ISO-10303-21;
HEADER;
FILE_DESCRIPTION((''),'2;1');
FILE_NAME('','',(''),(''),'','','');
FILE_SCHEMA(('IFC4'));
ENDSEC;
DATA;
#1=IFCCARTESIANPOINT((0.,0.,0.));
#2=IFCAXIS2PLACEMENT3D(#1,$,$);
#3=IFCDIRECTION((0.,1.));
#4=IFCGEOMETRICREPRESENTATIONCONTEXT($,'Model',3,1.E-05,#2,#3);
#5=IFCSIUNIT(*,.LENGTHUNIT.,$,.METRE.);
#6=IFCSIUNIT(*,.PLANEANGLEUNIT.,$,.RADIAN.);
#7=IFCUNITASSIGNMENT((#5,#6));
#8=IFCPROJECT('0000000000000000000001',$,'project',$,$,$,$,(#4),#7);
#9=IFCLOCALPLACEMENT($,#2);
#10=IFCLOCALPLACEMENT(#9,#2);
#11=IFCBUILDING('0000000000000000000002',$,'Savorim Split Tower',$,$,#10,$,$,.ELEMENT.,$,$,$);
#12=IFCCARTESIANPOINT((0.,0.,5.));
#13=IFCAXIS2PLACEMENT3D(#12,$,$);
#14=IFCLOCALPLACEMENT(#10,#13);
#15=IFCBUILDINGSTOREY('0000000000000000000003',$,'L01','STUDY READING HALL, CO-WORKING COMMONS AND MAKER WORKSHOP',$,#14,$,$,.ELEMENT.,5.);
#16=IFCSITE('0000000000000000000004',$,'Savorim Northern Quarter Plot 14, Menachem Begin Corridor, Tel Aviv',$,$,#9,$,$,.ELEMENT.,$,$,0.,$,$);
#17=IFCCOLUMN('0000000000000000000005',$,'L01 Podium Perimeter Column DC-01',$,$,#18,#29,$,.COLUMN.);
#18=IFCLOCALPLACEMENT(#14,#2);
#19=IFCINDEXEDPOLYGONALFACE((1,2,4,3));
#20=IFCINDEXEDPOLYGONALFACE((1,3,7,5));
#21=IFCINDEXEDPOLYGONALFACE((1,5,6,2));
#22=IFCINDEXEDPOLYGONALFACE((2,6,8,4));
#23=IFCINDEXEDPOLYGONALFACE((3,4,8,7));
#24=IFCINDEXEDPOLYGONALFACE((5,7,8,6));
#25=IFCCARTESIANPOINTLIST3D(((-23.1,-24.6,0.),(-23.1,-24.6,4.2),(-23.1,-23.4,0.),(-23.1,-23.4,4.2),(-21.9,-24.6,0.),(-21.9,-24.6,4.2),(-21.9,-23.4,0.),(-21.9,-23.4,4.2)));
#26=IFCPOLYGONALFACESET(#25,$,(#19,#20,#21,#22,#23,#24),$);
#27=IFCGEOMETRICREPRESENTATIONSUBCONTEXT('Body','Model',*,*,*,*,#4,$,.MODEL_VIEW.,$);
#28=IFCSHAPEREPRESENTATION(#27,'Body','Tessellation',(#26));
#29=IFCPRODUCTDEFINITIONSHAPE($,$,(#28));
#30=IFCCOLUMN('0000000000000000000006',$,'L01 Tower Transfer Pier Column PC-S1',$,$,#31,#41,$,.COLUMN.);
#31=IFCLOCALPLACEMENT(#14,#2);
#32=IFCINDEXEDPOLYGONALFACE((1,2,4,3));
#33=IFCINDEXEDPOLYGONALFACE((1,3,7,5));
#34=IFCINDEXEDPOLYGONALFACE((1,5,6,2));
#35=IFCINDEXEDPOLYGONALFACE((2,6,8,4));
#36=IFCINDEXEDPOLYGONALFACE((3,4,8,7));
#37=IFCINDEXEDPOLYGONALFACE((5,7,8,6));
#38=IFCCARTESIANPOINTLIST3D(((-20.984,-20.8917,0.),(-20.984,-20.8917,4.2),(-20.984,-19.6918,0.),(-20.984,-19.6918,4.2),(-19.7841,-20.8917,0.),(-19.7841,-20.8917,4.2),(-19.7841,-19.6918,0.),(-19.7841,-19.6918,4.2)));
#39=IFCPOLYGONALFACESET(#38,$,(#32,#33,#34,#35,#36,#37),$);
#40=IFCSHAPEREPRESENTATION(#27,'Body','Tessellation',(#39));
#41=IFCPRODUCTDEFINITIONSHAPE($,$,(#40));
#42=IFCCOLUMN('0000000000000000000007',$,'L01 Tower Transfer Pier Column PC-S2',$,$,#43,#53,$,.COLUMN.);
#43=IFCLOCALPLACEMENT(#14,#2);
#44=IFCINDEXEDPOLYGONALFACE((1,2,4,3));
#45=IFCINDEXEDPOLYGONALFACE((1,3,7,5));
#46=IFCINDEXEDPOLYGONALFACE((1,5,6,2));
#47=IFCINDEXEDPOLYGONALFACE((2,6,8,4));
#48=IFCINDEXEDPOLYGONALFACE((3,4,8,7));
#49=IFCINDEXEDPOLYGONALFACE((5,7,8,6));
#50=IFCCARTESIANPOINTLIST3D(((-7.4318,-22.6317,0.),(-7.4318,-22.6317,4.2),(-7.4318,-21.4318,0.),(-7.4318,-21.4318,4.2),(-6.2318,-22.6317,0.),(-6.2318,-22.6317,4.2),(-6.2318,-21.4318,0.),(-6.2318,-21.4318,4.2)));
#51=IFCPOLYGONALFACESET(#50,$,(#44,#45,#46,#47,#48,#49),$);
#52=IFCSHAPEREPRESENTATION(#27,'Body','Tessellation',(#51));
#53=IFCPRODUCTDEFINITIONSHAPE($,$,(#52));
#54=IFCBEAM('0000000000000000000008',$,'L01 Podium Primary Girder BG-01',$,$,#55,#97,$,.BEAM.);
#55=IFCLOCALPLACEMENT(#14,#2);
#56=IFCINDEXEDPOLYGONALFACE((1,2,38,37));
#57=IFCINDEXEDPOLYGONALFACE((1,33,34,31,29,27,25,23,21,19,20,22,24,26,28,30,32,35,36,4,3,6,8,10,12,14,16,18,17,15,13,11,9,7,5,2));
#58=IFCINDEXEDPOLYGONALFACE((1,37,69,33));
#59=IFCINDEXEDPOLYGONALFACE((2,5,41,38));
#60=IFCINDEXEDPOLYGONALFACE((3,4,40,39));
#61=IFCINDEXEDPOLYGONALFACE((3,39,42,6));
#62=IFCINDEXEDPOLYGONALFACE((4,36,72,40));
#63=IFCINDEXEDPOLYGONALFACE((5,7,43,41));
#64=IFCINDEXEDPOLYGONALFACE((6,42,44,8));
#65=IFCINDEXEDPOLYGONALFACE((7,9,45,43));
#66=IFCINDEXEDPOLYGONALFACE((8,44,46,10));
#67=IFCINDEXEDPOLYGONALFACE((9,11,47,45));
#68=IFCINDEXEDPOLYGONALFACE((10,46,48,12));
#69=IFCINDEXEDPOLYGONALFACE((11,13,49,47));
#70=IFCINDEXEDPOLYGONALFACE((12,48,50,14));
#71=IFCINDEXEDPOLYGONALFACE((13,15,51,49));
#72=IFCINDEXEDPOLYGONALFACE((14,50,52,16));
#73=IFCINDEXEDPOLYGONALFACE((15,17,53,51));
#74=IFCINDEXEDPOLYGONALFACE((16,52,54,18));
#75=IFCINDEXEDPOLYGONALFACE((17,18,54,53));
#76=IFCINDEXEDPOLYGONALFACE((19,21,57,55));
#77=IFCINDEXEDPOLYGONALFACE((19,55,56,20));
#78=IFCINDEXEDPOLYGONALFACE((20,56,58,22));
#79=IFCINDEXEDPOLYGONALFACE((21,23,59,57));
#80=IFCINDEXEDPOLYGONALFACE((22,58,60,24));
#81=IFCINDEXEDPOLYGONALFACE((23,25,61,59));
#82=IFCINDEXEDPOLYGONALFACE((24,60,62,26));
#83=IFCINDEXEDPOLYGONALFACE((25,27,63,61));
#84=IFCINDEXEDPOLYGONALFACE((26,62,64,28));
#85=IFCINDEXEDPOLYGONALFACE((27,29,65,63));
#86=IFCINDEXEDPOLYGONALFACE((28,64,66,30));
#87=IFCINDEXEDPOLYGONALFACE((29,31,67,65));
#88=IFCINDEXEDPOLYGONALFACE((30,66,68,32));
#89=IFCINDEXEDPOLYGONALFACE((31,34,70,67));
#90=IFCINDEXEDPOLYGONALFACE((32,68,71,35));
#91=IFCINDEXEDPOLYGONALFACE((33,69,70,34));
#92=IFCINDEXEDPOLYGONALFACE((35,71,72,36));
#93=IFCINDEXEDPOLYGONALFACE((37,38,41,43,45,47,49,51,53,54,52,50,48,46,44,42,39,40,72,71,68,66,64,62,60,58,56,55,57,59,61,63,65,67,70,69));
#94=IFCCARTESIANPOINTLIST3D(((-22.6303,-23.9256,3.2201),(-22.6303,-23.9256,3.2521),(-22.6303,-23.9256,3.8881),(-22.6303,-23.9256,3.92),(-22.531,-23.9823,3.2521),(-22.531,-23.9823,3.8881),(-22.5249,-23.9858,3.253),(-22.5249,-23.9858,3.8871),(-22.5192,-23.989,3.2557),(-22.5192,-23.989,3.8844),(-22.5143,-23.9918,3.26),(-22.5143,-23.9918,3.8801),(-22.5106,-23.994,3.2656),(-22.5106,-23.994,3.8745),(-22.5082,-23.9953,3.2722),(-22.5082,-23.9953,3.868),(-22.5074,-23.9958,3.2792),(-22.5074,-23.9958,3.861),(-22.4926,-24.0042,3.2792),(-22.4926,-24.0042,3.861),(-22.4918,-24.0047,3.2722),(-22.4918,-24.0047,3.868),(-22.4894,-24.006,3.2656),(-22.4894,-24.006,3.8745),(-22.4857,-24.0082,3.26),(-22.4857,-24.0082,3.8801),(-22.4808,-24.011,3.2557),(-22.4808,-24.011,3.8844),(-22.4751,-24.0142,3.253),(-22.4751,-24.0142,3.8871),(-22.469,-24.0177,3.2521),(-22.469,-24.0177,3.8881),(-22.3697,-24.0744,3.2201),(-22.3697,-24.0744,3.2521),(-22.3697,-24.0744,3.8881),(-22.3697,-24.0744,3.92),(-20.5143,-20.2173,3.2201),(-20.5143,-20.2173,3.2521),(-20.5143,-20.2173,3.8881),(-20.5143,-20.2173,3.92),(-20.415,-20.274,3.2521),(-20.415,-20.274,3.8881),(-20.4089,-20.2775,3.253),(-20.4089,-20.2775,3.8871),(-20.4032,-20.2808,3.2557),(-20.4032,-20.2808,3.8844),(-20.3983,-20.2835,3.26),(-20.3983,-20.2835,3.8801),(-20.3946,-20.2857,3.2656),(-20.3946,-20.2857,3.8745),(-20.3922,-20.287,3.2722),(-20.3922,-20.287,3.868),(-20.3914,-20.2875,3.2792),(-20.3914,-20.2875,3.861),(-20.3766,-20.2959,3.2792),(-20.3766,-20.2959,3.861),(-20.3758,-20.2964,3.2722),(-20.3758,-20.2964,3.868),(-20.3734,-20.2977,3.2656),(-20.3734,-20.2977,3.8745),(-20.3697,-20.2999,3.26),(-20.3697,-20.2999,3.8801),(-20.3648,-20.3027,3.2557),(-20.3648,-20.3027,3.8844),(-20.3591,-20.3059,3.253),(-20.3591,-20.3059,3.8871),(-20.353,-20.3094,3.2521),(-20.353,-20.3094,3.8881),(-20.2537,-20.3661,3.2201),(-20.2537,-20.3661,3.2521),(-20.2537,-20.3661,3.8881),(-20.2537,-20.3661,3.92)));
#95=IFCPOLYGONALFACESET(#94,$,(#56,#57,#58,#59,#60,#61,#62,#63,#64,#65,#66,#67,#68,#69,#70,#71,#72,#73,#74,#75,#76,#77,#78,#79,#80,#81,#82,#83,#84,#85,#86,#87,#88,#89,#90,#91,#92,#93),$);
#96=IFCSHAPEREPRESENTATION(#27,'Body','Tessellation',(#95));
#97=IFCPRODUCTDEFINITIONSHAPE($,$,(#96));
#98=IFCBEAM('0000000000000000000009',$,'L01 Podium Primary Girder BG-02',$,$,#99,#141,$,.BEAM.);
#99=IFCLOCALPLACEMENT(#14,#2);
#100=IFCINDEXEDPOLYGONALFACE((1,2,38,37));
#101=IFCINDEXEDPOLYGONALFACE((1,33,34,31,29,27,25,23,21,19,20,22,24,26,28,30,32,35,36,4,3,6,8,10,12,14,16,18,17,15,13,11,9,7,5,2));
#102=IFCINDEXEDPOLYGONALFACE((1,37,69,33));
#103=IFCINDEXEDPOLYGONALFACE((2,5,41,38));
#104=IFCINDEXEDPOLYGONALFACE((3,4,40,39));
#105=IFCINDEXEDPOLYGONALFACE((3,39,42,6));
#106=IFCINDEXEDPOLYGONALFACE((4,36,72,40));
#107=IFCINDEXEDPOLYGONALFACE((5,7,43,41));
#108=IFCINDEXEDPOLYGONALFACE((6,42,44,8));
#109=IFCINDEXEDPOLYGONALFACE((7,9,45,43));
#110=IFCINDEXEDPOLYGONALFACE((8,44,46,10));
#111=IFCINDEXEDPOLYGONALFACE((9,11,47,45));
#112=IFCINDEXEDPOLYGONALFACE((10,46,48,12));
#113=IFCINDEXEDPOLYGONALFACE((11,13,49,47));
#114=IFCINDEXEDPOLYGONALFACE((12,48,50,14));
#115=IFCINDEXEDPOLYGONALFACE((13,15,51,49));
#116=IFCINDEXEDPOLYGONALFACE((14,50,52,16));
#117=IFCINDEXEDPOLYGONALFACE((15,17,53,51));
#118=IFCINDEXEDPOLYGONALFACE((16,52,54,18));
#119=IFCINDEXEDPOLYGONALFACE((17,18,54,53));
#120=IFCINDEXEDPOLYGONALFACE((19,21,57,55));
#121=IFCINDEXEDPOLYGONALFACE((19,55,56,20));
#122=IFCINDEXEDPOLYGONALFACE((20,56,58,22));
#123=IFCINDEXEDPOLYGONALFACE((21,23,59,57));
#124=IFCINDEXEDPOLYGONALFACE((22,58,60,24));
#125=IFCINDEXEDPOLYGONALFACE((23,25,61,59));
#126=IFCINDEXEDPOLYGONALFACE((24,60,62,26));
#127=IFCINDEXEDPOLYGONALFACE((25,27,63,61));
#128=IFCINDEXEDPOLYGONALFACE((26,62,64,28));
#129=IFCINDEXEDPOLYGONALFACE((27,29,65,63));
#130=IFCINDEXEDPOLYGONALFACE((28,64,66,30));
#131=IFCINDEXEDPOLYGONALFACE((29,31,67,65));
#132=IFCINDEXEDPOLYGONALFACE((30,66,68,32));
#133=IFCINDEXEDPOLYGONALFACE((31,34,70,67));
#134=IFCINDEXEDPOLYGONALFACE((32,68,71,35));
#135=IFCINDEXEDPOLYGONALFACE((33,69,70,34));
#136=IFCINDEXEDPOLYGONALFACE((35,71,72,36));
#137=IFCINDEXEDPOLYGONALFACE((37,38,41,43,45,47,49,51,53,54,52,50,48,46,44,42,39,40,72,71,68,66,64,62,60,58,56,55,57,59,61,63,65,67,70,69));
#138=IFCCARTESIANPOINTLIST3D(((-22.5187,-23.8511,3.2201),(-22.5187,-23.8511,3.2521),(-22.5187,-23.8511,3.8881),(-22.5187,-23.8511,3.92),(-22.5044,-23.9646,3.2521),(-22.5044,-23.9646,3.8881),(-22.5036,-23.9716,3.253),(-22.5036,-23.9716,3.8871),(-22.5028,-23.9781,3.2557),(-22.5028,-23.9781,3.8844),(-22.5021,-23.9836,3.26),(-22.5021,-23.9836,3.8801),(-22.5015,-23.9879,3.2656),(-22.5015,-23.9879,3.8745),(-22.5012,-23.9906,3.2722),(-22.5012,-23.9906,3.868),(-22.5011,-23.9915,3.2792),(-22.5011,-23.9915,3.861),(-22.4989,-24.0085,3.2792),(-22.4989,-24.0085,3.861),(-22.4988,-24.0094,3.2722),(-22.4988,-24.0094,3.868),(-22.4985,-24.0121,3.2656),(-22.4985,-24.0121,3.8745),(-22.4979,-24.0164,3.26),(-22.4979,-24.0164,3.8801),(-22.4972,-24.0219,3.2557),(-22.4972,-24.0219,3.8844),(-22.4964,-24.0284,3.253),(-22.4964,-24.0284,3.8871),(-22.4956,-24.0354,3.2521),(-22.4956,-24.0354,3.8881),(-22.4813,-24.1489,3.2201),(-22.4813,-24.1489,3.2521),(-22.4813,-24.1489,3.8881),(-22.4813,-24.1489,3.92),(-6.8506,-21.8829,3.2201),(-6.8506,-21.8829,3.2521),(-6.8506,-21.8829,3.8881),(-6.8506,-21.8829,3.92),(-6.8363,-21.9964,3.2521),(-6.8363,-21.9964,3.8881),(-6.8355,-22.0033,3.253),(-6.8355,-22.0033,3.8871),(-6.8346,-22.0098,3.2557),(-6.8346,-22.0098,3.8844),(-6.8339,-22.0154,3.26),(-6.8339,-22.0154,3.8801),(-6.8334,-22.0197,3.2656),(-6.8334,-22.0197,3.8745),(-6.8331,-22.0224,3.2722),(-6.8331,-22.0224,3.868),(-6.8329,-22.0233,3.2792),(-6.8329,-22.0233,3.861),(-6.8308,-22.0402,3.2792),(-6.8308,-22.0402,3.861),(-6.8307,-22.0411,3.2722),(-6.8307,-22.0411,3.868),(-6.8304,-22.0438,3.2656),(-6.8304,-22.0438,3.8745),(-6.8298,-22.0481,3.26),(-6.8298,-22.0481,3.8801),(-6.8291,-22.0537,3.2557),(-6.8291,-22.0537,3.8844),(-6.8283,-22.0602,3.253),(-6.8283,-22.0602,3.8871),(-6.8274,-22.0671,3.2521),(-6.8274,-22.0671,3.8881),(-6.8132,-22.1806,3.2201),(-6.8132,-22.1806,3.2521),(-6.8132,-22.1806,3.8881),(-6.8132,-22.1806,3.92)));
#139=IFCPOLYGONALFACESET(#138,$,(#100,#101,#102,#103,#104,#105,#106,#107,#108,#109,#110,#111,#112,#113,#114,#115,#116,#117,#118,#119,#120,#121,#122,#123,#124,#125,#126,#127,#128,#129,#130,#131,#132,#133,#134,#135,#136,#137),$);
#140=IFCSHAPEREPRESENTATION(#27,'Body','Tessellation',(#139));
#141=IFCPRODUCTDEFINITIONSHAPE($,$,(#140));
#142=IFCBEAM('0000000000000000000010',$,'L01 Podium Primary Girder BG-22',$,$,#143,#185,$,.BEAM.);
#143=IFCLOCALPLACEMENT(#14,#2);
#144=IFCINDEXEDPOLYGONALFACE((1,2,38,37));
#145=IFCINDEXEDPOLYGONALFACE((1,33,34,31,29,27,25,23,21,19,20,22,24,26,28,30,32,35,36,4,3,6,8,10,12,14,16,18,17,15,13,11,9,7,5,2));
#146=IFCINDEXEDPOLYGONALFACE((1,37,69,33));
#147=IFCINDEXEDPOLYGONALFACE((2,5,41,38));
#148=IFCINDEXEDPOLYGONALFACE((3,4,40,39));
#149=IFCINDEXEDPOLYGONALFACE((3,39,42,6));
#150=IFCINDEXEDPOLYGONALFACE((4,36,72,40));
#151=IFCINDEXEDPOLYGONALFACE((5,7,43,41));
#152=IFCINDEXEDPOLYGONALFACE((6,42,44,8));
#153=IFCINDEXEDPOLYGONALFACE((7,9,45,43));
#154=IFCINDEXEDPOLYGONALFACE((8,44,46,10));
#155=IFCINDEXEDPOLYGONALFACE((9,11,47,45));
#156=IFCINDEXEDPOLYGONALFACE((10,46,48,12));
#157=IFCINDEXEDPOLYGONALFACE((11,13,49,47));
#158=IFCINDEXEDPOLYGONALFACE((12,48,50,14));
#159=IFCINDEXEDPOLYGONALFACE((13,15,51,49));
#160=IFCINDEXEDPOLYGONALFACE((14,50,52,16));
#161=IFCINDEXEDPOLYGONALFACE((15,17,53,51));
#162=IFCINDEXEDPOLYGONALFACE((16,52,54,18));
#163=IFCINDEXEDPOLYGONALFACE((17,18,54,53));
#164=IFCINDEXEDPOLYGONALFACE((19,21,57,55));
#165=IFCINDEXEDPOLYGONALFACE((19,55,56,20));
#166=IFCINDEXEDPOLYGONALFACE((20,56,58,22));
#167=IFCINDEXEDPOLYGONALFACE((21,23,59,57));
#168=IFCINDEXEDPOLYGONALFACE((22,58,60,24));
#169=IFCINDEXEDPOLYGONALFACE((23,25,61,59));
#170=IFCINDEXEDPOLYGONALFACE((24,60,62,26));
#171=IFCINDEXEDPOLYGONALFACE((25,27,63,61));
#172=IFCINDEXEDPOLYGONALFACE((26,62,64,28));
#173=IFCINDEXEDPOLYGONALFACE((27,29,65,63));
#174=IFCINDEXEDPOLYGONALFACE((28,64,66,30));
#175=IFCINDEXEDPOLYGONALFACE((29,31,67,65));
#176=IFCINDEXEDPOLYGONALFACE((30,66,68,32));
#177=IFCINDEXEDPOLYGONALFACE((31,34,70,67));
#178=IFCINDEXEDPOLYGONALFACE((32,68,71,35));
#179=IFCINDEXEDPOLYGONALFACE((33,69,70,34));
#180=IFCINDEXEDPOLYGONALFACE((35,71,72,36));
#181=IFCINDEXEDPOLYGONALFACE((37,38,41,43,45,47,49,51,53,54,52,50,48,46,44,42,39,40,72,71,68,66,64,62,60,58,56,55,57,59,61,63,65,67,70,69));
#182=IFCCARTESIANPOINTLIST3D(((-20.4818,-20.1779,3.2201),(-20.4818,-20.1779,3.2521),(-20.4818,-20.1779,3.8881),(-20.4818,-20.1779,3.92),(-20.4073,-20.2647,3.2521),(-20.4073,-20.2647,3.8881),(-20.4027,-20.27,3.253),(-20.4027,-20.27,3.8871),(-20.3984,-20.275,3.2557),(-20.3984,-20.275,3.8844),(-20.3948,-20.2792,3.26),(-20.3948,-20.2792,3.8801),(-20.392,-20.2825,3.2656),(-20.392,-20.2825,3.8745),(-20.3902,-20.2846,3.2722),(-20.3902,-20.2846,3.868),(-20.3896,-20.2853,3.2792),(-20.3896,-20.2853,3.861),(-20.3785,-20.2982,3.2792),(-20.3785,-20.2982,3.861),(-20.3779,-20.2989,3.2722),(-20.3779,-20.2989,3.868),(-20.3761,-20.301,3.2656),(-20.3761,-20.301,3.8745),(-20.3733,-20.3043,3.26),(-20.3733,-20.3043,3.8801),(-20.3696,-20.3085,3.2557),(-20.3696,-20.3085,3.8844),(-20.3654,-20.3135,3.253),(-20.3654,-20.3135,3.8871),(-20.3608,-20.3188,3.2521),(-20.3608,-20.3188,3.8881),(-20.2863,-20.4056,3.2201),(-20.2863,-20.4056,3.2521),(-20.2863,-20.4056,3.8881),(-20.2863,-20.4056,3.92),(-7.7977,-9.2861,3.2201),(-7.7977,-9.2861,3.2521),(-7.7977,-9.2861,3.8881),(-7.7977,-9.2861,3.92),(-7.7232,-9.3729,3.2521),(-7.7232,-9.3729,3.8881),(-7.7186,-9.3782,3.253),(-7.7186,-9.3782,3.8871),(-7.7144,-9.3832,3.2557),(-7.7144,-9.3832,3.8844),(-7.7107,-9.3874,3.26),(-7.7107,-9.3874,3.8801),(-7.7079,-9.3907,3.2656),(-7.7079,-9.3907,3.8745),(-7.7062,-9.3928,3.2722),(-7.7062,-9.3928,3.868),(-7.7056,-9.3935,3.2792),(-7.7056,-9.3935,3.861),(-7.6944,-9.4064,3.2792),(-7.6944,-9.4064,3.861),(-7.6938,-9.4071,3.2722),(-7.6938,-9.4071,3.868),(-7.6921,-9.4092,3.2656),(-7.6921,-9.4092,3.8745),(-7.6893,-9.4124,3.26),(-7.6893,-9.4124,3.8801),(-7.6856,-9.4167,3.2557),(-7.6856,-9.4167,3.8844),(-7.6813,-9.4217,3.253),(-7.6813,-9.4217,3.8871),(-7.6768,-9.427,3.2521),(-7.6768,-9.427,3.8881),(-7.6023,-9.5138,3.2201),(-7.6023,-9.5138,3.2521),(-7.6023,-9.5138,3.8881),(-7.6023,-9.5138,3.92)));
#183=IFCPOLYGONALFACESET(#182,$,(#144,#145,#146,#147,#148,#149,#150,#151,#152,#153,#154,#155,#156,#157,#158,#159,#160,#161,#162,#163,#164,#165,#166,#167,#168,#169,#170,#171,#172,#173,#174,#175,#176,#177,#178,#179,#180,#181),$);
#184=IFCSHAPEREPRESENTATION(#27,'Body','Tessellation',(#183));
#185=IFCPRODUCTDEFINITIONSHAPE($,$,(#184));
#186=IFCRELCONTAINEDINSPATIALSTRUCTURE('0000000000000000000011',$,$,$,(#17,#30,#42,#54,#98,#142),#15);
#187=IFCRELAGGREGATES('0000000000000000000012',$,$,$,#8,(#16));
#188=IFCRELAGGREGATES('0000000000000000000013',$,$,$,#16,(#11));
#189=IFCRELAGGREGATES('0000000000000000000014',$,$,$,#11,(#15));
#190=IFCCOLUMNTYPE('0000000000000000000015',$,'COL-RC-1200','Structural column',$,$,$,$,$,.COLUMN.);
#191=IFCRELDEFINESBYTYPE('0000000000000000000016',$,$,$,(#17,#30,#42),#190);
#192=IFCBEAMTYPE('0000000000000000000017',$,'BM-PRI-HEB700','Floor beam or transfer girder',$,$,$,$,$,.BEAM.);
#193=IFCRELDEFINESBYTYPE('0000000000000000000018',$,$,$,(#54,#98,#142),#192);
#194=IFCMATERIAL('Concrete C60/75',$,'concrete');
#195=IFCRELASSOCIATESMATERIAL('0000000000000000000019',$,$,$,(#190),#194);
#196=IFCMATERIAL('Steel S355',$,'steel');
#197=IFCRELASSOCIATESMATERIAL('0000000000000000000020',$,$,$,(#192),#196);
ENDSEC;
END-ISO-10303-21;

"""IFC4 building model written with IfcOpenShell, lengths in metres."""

from ifc_helpers import new_model, si_unit, direction, frame, origin, origin_2d, place, context, subcontext, project, spatial, rectangle, i_section, extrude, material, material_profile, profile_set, type_object, element, save


model = new_model("IFC4")

# Units and contexts
model_context = context("Model", 3, precision=1e-05, world=origin(), true_north=direction((0.0, 1.0)))
body_context = subcontext(model_context, "Body", "Model", "MODEL_VIEW")
ifc_project = project(units=[si_unit("LENGTHUNIT", "METRE"), si_unit("PLANEANGLEUNIT", "RADIAN")], contexts=[model_context])

# Site, building, storey
site_placement = place(None, origin())
site = spatial("IfcSite", under=ifc_project, at=site_placement, Name="Savorim Northern Quarter Plot 14, Menachem Begin Corridor, Tel Aviv", CompositionType="ELEMENT", RefElevation=0.0)
building_placement = place(site_placement, origin())
building = spatial("IfcBuilding", under=site, at=building_placement, Name="Savorim Split Tower", CompositionType="ELEMENT")
storey_placement = place(building_placement, frame((0.0, 0.0, 5.0)))
storey = spatial("IfcBuildingStorey", under=building, at=storey_placement, Name="L01", Description="STUDY READING HALL, CO-WORKING COMMONS AND MAKER WORKSHOP", CompositionType="ELEMENT", Elevation=5.0)

# Columns
ifc_material_1 = material(Name="Concrete C60/75", Category="concrete")
ifc_material_profile_1 = material_profile(ifc_material_1, rectangle(XDim=1.2, YDim=1.2, at=origin_2d()), Name="RC 1200x1200")
ifc_profile_set_1 = profile_set([ifc_material_profile_1], Name="Concrete C60/75")
column_type = type_object("IfcColumnType", Name="COL-RC-1200", Description="Structural column", PredefinedType="COLUMN", material=ifc_profile_set_1)
for number, where, z_axis, x_axis, name in (
    (1, (-22.5, -24.0, 0.0), (0.0, 0.0, 1.0), (1.0, 0.0, 0.0), "L01 Podium Perimeter Column DC-01"),
    (2, (-20.384, -20.2917, 0.0), (0.0, 0.0, 1.0), (1.0, 0.0, 0.0), "L01 Tower Transfer Pier Column PC-S1"),
    (3, (-6.8318, -22.0317, 0.0), (0.0, 0.0, 1.0), (1.0, 0.0, 0.0), "L01 Tower Transfer Pier Column PC-S2"),
):
    element("IfcColumn", number, at=place(storey_placement, frame(where, z_axis=z_axis, x_axis=x_axis)), inside=storey, type_object=column_type, Name=name, PredefinedType="COLUMN", context=body_context, shape_type="SweptSolid", body=[
        extrude(rectangle(XDim=1.2, YDim=1.2, at=origin_2d()), origin(), (0.0, 0.0, 1.0), 4.2),
    ])

# Beams
ifc_material_2 = material(Name="Steel S355", Category="steel")
ifc_material_profile_2 = material_profile(ifc_material_2, i_section(OverallWidth=0.3, OverallDepth=0.7, WebThickness=0.0171, FlangeThickness=0.032, FilletRadius=0.0271, at=origin_2d()), Name="HEB 700")
ifc_profile_set_2 = profile_set([ifc_material_profile_2], Name="Steel S355")
beam_type = type_object("IfcBeamType", Name="BM-PRI-HEB700", Description="Floor beam or transfer girder", PredefinedType="BEAM", material=ifc_profile_set_2)
beam_1_placement = place(storey_placement, frame((-22.5, -24.0, 3.5701), z_axis=(0.495603, 0.868549, 0.0), x_axis=(-0.868549, 0.495603, 0.0)))
element("IfcBeam", 4, at=beam_1_placement, inside=storey, type_object=beam_type, Name="L01 Podium Primary Girder BG-01", PredefinedType="BEAM", context=body_context, shape_type="SweptSolid", body=[
    extrude(i_section(OverallWidth=0.3, OverallDepth=0.7, WebThickness=0.0171, FlangeThickness=0.032, FilletRadius=0.0271, at=origin_2d()), origin(), (0.0, 0.0, 1.0), 4.2695),
])
beam_2_placement = place(storey_placement, frame((-22.5, -24.0, 3.5701), z_axis=(0.992202, 0.124642, 0.0), x_axis=(-0.124642, 0.992202, 0.0)))
element("IfcBeam", 5, at=beam_2_placement, inside=storey, type_object=beam_type, Name="L01 Podium Primary Girder BG-02", PredefinedType="BEAM", context=body_context, shape_type="SweptSolid", body=[
    extrude(i_section(OverallWidth=0.3, OverallDepth=0.7, WebThickness=0.0171, FlangeThickness=0.032, FilletRadius=0.0271, at=origin_2d()), origin(), (0.0, 0.0, 1.0), 15.7913),
])
beam_3_placement = place(storey_placement, frame((-20.384, -20.2917, 3.5701), z_axis=(0.758672, 0.651473, 0.0), x_axis=(-0.651473, 0.758672, 0.0)))
element("IfcBeam", 6, at=beam_3_placement, inside=storey, type_object=beam_type, Name="L01 Podium Primary Girder BG-22", PredefinedType="BEAM", context=body_context, shape_type="SweptSolid", body=[
    extrude(i_section(OverallWidth=0.3, OverallDepth=0.7, WebThickness=0.0171, FlangeThickness=0.032, FilletRadius=0.0271, at=origin_2d()), origin(), (0.0, 0.0, 1.0), 16.7188),
])

save(model, "model.ifc")
